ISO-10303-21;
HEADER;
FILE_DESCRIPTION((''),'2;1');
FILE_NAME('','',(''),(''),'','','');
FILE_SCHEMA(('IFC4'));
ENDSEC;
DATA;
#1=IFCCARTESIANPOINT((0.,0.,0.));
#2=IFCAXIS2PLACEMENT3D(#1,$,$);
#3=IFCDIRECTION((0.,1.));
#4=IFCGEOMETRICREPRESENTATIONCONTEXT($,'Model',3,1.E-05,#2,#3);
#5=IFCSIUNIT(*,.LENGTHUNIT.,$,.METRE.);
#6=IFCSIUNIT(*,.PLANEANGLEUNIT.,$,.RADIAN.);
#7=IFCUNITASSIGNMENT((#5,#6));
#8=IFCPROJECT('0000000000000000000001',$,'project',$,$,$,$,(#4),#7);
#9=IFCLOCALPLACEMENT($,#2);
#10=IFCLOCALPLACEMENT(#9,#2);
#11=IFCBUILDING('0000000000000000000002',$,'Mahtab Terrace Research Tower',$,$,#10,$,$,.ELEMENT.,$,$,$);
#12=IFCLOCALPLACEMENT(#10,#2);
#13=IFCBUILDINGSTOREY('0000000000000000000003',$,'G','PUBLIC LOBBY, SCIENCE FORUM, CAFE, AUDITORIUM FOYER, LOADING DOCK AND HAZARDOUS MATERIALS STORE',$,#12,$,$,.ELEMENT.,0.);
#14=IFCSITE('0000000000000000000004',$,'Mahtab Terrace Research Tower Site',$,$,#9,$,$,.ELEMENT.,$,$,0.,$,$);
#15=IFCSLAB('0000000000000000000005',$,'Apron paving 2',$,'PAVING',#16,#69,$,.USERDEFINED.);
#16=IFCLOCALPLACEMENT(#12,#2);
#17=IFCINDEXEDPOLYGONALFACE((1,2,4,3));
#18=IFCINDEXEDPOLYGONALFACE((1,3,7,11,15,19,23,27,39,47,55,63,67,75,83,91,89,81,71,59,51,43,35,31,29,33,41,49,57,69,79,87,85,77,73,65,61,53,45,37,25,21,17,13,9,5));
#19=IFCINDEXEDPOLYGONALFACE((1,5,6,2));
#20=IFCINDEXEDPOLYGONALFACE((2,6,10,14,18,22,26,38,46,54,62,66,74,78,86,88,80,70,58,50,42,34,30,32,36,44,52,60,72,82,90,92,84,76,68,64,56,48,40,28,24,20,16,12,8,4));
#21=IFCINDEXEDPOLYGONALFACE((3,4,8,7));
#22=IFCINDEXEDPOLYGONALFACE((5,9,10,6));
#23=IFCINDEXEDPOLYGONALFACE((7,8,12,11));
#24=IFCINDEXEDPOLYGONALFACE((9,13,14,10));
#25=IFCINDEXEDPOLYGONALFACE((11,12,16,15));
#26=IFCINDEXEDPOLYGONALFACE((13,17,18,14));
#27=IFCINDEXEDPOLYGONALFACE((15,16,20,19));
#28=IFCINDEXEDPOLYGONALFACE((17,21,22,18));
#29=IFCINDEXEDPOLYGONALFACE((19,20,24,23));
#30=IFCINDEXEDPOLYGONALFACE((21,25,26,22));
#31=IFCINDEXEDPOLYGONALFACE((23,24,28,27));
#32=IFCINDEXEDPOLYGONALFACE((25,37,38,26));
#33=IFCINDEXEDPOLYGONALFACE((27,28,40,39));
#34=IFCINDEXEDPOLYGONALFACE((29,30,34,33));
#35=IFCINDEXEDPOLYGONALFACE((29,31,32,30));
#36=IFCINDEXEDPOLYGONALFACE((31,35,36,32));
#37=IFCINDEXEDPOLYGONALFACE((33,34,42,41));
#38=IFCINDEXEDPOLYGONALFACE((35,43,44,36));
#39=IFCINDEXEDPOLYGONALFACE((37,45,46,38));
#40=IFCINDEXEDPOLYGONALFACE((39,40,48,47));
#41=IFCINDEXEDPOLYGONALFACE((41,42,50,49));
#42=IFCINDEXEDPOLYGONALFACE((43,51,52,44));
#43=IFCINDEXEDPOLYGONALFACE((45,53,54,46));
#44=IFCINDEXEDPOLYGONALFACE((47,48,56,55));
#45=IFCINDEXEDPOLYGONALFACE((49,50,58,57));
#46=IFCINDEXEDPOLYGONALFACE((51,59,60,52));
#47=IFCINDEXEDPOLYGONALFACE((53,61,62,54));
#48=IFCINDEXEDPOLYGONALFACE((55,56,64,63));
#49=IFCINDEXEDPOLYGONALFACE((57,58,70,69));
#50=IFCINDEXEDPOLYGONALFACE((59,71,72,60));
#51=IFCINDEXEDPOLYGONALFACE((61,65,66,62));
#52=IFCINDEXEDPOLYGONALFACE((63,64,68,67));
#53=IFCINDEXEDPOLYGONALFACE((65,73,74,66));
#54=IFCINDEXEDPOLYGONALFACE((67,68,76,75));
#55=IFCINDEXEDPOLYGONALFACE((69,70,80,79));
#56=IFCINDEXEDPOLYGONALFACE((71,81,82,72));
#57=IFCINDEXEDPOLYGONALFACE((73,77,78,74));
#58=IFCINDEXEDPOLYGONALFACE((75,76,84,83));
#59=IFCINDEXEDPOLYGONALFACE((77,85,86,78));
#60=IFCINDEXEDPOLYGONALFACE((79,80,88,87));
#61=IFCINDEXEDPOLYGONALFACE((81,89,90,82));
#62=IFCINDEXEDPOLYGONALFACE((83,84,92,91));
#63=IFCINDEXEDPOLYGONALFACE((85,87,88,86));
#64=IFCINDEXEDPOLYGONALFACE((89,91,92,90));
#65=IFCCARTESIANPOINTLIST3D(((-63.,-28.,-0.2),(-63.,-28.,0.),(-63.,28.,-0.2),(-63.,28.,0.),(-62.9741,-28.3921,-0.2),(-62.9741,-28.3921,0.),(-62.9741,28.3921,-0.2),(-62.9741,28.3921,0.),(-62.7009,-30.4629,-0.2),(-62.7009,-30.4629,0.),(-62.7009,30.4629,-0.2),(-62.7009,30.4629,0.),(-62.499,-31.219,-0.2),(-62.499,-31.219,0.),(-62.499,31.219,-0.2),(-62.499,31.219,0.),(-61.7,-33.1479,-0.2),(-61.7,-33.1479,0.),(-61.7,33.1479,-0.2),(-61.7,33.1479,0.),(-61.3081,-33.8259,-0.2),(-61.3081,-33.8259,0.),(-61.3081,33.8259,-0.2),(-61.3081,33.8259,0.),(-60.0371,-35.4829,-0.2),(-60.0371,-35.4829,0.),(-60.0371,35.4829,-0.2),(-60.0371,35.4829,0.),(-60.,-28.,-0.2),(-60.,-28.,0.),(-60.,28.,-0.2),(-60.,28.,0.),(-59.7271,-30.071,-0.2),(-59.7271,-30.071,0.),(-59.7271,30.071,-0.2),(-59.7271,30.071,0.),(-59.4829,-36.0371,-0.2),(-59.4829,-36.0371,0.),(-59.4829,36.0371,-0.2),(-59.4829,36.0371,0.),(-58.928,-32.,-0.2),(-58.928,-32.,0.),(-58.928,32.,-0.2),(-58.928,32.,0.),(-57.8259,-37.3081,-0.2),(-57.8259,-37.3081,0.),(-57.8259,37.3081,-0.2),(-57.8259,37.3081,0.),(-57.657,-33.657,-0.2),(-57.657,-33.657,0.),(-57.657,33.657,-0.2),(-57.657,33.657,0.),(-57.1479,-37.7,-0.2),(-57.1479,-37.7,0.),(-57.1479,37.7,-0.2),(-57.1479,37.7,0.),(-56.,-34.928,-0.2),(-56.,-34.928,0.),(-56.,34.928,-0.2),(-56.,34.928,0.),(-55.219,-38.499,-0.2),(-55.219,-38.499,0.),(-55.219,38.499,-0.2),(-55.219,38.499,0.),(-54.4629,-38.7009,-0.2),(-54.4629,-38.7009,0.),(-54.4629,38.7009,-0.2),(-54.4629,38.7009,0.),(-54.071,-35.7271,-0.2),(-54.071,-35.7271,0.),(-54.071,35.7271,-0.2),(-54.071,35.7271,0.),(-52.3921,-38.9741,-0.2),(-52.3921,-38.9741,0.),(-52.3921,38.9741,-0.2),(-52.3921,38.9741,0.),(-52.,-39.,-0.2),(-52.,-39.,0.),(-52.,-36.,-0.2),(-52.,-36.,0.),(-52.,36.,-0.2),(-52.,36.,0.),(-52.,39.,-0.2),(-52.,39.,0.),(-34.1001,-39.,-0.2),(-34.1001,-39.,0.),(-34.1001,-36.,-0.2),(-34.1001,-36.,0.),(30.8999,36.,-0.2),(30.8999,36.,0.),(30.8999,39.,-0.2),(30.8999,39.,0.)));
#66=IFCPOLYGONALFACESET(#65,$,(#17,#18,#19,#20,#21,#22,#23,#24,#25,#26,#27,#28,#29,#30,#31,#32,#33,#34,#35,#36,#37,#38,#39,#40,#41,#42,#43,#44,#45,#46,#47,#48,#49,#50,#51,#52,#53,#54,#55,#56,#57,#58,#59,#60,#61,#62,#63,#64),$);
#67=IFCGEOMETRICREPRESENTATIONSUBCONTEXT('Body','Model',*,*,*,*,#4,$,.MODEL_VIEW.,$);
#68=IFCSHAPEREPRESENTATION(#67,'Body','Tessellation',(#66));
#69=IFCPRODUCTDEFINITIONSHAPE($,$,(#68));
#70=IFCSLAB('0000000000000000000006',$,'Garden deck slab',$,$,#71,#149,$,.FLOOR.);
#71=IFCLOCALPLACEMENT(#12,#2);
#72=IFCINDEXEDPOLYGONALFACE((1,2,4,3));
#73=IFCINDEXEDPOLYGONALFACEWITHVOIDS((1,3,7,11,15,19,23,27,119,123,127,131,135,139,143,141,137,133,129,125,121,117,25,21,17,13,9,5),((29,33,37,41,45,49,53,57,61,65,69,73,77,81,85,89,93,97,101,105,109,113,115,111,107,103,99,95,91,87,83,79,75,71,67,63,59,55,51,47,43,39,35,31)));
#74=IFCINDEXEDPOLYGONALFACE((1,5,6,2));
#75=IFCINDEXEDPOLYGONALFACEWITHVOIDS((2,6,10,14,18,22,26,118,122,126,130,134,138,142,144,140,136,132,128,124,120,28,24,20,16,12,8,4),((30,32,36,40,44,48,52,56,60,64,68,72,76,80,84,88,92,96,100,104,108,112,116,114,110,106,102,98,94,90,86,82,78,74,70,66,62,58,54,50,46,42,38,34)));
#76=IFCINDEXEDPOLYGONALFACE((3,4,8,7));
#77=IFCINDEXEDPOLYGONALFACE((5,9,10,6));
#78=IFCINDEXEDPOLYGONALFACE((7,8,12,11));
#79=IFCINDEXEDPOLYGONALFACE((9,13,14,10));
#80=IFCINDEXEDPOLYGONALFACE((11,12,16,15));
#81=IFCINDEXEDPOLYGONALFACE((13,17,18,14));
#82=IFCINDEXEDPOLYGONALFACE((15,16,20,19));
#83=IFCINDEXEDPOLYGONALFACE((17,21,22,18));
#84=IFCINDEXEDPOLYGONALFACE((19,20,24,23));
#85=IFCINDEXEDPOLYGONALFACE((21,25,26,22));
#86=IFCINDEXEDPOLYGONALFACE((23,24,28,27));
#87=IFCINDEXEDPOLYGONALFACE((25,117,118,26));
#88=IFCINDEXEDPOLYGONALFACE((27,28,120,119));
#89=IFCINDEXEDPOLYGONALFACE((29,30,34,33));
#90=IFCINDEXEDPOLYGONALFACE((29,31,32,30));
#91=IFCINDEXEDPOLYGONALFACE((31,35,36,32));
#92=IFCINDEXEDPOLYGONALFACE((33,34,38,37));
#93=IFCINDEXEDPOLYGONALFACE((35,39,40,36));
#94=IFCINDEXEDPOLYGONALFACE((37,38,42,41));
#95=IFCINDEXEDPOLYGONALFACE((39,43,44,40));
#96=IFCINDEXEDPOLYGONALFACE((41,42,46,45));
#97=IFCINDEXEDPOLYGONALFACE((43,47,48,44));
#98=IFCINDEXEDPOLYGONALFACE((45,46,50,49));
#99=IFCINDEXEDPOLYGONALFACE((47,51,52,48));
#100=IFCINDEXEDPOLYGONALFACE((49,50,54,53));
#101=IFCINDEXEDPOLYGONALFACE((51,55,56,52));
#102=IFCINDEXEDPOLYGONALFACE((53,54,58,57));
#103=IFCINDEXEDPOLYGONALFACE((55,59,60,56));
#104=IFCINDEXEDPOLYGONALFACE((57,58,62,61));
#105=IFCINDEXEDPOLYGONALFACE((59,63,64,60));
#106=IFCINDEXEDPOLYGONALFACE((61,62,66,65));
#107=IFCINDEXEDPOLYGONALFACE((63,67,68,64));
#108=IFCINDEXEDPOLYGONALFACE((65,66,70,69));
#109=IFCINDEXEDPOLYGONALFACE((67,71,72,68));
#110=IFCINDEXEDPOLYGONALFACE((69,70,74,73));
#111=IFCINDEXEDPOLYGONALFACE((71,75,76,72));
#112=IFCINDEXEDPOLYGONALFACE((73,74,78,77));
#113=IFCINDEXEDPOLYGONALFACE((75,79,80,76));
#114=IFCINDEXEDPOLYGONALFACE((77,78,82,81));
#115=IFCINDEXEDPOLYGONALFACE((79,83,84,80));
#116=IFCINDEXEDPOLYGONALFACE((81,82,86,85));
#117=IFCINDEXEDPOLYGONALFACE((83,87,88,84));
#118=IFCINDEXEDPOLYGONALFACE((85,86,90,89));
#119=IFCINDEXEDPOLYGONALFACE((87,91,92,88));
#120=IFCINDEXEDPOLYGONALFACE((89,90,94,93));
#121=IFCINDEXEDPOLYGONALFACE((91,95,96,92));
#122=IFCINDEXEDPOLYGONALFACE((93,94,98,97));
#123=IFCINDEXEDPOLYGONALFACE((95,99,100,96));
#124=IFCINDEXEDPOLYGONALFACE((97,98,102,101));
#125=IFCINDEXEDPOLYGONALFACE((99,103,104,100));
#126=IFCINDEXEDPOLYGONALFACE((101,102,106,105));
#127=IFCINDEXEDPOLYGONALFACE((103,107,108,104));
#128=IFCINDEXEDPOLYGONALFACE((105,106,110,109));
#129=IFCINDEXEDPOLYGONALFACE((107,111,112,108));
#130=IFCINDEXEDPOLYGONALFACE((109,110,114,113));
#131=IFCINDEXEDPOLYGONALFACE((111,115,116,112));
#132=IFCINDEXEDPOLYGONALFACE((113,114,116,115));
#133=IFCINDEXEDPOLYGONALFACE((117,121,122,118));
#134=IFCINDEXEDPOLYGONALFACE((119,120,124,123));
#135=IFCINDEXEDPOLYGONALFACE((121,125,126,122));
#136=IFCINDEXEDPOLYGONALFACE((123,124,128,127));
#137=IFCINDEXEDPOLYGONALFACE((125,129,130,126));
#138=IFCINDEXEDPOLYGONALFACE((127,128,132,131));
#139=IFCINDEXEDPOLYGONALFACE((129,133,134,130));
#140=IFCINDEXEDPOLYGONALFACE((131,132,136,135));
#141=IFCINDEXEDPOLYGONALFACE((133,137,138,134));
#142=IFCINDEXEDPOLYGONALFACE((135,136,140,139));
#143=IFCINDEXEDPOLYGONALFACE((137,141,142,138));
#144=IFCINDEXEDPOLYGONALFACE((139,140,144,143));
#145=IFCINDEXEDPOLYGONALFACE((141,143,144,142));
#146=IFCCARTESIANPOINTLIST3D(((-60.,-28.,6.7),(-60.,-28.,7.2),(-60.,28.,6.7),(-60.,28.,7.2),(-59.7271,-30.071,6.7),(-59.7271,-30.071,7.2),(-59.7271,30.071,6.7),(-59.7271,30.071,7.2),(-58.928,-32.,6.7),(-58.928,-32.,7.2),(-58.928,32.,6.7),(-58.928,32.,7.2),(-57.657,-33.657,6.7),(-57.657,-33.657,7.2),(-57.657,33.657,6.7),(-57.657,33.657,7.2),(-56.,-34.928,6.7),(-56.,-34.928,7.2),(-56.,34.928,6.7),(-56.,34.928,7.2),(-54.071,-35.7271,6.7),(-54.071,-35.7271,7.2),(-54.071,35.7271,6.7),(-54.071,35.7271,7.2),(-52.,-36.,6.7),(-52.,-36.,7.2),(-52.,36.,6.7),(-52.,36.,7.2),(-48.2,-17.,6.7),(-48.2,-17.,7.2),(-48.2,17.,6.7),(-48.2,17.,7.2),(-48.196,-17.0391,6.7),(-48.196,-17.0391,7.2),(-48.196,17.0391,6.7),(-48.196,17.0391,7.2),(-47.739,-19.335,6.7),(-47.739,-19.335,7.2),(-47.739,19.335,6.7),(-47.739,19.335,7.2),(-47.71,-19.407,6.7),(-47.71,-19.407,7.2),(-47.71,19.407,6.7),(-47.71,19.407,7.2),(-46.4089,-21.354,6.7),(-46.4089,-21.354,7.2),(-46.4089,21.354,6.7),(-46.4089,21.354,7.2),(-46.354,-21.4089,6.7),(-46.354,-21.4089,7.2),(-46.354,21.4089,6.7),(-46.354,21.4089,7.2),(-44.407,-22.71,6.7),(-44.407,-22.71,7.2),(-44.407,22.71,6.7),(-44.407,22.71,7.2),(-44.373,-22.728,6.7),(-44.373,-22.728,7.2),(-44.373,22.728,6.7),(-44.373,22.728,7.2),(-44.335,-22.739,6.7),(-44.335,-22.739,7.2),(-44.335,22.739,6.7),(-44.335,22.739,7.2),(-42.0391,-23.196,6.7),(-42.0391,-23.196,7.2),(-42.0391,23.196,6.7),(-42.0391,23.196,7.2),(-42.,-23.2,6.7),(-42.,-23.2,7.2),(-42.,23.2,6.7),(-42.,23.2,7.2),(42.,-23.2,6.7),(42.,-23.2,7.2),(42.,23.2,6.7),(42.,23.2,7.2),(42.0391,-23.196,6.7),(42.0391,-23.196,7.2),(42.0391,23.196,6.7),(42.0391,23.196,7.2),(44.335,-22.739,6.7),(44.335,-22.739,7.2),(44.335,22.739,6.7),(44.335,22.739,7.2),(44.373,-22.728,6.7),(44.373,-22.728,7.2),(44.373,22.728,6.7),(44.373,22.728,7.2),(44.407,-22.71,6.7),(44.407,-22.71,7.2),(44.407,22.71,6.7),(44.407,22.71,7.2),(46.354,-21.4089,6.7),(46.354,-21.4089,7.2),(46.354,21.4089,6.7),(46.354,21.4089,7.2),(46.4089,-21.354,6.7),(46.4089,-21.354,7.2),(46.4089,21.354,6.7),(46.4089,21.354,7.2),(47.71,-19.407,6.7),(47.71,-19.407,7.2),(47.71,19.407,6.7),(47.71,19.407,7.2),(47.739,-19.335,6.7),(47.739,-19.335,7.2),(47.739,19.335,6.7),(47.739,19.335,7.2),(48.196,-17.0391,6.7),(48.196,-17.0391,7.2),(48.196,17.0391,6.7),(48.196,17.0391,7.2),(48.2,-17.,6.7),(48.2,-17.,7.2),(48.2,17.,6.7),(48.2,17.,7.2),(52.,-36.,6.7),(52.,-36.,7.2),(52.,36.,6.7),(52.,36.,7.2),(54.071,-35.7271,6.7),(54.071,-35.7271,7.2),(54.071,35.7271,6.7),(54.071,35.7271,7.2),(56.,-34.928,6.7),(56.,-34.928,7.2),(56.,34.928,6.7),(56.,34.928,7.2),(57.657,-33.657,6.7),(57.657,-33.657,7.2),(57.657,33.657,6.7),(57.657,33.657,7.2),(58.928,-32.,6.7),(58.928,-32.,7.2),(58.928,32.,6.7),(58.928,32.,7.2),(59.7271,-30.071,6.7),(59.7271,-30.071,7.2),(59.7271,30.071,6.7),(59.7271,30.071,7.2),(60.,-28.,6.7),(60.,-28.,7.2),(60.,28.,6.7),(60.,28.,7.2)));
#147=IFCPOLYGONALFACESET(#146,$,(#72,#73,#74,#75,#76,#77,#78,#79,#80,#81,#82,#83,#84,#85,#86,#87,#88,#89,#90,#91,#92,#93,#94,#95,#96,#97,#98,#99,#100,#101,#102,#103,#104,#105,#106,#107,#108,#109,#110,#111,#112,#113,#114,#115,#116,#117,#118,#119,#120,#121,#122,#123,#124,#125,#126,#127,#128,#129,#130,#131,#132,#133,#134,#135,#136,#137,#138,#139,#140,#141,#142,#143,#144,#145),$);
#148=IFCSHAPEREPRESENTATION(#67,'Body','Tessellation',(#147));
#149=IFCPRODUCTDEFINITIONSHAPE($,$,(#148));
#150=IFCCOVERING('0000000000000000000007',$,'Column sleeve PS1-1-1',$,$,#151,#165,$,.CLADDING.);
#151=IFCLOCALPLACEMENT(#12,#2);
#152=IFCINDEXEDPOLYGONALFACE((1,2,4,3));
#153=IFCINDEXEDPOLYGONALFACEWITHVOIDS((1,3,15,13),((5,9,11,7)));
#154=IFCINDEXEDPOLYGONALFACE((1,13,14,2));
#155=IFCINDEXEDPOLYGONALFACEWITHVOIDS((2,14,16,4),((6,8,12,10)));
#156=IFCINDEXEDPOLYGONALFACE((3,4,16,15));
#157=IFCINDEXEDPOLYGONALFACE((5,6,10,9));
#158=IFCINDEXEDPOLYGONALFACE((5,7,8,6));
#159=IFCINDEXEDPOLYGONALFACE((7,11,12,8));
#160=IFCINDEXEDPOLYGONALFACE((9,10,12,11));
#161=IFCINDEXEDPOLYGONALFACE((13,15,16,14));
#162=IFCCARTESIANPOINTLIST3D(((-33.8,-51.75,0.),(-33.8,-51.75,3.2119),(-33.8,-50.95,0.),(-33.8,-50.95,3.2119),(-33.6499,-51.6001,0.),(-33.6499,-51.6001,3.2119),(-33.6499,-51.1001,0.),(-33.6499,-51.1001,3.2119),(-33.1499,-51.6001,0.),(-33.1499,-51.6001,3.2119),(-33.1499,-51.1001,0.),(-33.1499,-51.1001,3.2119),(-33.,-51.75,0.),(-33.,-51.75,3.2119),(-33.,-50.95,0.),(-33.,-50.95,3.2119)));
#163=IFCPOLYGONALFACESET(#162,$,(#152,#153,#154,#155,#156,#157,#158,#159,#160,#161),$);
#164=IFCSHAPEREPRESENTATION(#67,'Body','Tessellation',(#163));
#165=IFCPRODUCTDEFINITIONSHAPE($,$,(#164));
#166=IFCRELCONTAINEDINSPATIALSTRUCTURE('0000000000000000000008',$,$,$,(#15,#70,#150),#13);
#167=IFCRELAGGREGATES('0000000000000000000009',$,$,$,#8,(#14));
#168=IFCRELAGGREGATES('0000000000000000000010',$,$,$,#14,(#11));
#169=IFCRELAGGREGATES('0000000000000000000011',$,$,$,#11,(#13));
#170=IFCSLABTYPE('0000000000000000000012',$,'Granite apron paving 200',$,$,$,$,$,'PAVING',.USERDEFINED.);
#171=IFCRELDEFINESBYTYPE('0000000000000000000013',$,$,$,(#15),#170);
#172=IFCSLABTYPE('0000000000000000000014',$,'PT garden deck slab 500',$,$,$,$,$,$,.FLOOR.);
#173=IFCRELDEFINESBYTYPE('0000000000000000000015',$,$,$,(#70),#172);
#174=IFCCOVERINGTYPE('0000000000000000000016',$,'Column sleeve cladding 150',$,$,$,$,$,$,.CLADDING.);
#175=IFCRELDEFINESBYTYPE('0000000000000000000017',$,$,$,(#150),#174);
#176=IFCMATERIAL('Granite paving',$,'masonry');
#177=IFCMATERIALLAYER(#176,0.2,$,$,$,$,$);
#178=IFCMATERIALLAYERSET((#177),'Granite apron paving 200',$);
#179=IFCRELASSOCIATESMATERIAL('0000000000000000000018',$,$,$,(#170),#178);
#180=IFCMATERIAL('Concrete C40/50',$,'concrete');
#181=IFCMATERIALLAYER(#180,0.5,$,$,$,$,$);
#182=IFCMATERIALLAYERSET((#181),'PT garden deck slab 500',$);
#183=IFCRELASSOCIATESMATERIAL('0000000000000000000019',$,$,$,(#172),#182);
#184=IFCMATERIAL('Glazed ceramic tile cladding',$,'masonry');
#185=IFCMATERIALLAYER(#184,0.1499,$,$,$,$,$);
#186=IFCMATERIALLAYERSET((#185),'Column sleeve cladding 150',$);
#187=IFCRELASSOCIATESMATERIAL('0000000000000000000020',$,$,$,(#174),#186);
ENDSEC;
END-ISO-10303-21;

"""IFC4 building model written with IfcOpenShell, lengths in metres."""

from ifc_helpers import new_model, si_unit, direction, frame, origin, place, context, subcontext, project, spatial, polyline, outline, extrude, material, layer, layer_set, type_object, element, save


model = new_model("IFC4")

# Units and contexts
model_context = context("Model", 3, precision=1e-05, world=origin(), true_north=direction((0.0, 1.0)))
body_context = subcontext(model_context, "Body", "Model", "MODEL_VIEW")
ifc_project = project(units=[si_unit("LENGTHUNIT", "METRE"), si_unit("PLANEANGLEUNIT", "RADIAN")], contexts=[model_context])

# Site, building, storey
site_placement = place(None, origin())
site = spatial("IfcSite", under=ifc_project, at=site_placement, Name="Mahtab Terrace Research Tower Site", CompositionType="ELEMENT", RefElevation=0.0)
building_placement = place(site_placement, origin())
building = spatial("IfcBuilding", under=site, at=building_placement, Name="Mahtab Terrace Research Tower", CompositionType="ELEMENT")
storey_placement = place(building_placement, origin())
storey = spatial("IfcBuildingStorey", under=building, at=storey_placement, Name="G", Description="PUBLIC LOBBY, SCIENCE FORUM, CAFE, AUDITORIUM FOYER, LOADING DOCK AND HAZARDOUS MATERIALS STORE", CompositionType="ELEMENT", Elevation=0.0)

# Slabs
ifc_material_1 = material(Name="Granite paving", Category="masonry")
ifc_layer_1 = layer(ifc_material_1, 0.2)
ifc_layer_set_1 = layer_set([ifc_layer_1], Name="Granite apron paving 200")
slab_type_1 = type_object("IfcSlabType", Name="Granite apron paving 200", ElementType="PAVING", PredefinedType="USERDEFINED", material=ifc_layer_set_1)
slab_1_placement = place(storey_placement, frame((0.0, 0.0, -0.2)))
element("IfcSlab", 1, at=slab_1_placement, inside=storey, type_object=slab_type_1, Name="Apron paving 2", ObjectType="PAVING", PredefinedType="USERDEFINED", context=body_context, shape_type="SweptSolid", body=[
    extrude(outline(polyline([(-52.0, -39.0), (-52.3921, -38.9741), (-54.4629, -38.7009), (-55.219, -38.499), (-57.1479, -37.7), (-57.8259, -37.3081), (-59.4829, -36.0371), (-60.0371, -35.4829), (-61.3081, -33.8259), (-61.7, -33.1479), (-62.499, -31.219), (-62.7009, -30.4629), (-62.9741, -28.3921), (-63.0, -28.0), (-63.0, 28.0), (-62.9741, 28.3921), (-62.7009, 30.4629), (-62.499, 31.219), (-61.7, 33.1479), (-61.3081, 33.8259), (-60.0371, 35.4829), (-59.4829, 36.0371), (-57.8259, 37.3081), (-57.1479, 37.7), (-55.219, 38.499), (-54.4629, 38.7009), (-52.3921, 38.9741), (-52.0, 39.0), (30.8999, 39.0), (30.8999, 36.0), (-52.0, 36.0), (-54.071, 35.7271), (-56.0, 34.928), (-57.657, 33.657), (-58.928, 32.0), (-59.7271, 30.071), (-60.0, 28.0), (-60.0, -28.0), (-59.7271, -30.071), (-58.928, -32.0), (-57.657, -33.657), (-56.0, -34.928), (-54.071, -35.7271), (-52.0, -36.0), (-34.1001, -36.0), (-34.1001, -39.0), (-52.0, -39.0)])), origin(), (0.0, 0.0, 1.0), 0.2),
])
ifc_material_2 = material(Name="Concrete C40/50", Category="concrete")
ifc_layer_2 = layer(ifc_material_2, 0.5)
ifc_layer_set_2 = layer_set([ifc_layer_2], Name="PT garden deck slab 500")
slab_type_2 = type_object("IfcSlabType", Name="PT garden deck slab 500", PredefinedType="FLOOR", material=ifc_layer_set_2)
slab_2_placement = place(storey_placement, frame((0.0, 0.0, 6.7)))
element("IfcSlab", 2, at=slab_2_placement, inside=storey, type_object=slab_type_2, Name="Garden deck slab", PredefinedType="FLOOR", context=body_context, shape_type="SweptSolid", body=[
    extrude(outline(polyline([(60.0, 28.0), (59.7271, 30.071), (58.928, 32.0), (57.657, 33.657), (56.0, 34.928), (54.071, 35.7271), (52.0, 36.0), (-52.0, 36.0), (-54.071, 35.7271), (-56.0, 34.928), (-57.657, 33.657), (-58.928, 32.0), (-59.7271, 30.071), (-60.0, 28.0), (-60.0, -28.0), (-59.7271, -30.071), (-58.928, -32.0), (-57.657, -33.657), (-56.0, -34.928), (-54.071, -35.7271), (-52.0, -36.0), (52.0, -36.0), (54.071, -35.7271), (56.0, -34.928), (57.657, -33.657), (58.928, -32.0), (59.7271, -30.071), (60.0, -28.0), (60.0, 28.0)]), holes=[polyline([(47.739, 19.335), (47.71, 19.407), (46.4089, 21.354), (46.354, 21.4089), (44.407, 22.71), (44.373, 22.728), (44.335, 22.739), (42.0391, 23.196), (42.0, 23.2), (-42.0, 23.2), (-42.0391, 23.196), (-44.335, 22.739), (-44.373, 22.728), (-44.407, 22.71), (-46.354, 21.4089), (-46.4089, 21.354), (-47.71, 19.407), (-47.739, 19.335), (-48.196, 17.0391), (-48.2, 17.0), (-48.2, -17.0), (-48.196, -17.0391), (-47.739, -19.335), (-47.71, -19.407), (-46.4089, -21.354), (-46.354, -21.4089), (-44.407, -22.71), (-44.373, -22.728), (-44.335, -22.739), (-42.0391, -23.196), (-42.0, -23.2), (42.0, -23.2), (42.0391, -23.196), (44.335, -22.739), (44.373, -22.728), (44.407, -22.71), (46.354, -21.4089), (46.4089, -21.354), (47.71, -19.407), (47.739, -19.335), (48.196, -17.0391), (48.2, -17.0), (48.2, 17.0), (48.196, 17.0391), (47.739, 19.335)])]), origin(), (0.0, 0.0, 1.0), 0.5),
])

# Covering
ifc_material_3 = material(Name="Glazed ceramic tile cladding", Category="masonry")
ifc_layer_3 = layer(ifc_material_3, 0.1499)
ifc_layer_set_3 = layer_set([ifc_layer_3], Name="Column sleeve cladding 150")
covering_type_1 = type_object("IfcCoveringType", Name="Column sleeve cladding 150", PredefinedType="CLADDING", material=ifc_layer_set_3)
covering_1_placement = place(storey_placement, origin())
element("IfcCovering", 3, at=covering_1_placement, inside=storey, type_object=covering_type_1, Name="Column sleeve PS1-1-1", PredefinedType="CLADDING", context=body_context, shape_type="SweptSolid", body=[
    extrude(outline(polyline([(-33.8, -51.75), (-33.0, -51.75), (-33.0, -50.95), (-33.8, -50.95), (-33.8, -51.75)]), holes=[polyline([(-33.6499, -51.6001), (-33.1499, -51.6001), (-33.1499, -51.1001), (-33.6499, -51.1001), (-33.6499, -51.6001)])]), origin(), (0.0, 0.0, 1.0), 3.2119),
])

save(model, "model.ifc")
